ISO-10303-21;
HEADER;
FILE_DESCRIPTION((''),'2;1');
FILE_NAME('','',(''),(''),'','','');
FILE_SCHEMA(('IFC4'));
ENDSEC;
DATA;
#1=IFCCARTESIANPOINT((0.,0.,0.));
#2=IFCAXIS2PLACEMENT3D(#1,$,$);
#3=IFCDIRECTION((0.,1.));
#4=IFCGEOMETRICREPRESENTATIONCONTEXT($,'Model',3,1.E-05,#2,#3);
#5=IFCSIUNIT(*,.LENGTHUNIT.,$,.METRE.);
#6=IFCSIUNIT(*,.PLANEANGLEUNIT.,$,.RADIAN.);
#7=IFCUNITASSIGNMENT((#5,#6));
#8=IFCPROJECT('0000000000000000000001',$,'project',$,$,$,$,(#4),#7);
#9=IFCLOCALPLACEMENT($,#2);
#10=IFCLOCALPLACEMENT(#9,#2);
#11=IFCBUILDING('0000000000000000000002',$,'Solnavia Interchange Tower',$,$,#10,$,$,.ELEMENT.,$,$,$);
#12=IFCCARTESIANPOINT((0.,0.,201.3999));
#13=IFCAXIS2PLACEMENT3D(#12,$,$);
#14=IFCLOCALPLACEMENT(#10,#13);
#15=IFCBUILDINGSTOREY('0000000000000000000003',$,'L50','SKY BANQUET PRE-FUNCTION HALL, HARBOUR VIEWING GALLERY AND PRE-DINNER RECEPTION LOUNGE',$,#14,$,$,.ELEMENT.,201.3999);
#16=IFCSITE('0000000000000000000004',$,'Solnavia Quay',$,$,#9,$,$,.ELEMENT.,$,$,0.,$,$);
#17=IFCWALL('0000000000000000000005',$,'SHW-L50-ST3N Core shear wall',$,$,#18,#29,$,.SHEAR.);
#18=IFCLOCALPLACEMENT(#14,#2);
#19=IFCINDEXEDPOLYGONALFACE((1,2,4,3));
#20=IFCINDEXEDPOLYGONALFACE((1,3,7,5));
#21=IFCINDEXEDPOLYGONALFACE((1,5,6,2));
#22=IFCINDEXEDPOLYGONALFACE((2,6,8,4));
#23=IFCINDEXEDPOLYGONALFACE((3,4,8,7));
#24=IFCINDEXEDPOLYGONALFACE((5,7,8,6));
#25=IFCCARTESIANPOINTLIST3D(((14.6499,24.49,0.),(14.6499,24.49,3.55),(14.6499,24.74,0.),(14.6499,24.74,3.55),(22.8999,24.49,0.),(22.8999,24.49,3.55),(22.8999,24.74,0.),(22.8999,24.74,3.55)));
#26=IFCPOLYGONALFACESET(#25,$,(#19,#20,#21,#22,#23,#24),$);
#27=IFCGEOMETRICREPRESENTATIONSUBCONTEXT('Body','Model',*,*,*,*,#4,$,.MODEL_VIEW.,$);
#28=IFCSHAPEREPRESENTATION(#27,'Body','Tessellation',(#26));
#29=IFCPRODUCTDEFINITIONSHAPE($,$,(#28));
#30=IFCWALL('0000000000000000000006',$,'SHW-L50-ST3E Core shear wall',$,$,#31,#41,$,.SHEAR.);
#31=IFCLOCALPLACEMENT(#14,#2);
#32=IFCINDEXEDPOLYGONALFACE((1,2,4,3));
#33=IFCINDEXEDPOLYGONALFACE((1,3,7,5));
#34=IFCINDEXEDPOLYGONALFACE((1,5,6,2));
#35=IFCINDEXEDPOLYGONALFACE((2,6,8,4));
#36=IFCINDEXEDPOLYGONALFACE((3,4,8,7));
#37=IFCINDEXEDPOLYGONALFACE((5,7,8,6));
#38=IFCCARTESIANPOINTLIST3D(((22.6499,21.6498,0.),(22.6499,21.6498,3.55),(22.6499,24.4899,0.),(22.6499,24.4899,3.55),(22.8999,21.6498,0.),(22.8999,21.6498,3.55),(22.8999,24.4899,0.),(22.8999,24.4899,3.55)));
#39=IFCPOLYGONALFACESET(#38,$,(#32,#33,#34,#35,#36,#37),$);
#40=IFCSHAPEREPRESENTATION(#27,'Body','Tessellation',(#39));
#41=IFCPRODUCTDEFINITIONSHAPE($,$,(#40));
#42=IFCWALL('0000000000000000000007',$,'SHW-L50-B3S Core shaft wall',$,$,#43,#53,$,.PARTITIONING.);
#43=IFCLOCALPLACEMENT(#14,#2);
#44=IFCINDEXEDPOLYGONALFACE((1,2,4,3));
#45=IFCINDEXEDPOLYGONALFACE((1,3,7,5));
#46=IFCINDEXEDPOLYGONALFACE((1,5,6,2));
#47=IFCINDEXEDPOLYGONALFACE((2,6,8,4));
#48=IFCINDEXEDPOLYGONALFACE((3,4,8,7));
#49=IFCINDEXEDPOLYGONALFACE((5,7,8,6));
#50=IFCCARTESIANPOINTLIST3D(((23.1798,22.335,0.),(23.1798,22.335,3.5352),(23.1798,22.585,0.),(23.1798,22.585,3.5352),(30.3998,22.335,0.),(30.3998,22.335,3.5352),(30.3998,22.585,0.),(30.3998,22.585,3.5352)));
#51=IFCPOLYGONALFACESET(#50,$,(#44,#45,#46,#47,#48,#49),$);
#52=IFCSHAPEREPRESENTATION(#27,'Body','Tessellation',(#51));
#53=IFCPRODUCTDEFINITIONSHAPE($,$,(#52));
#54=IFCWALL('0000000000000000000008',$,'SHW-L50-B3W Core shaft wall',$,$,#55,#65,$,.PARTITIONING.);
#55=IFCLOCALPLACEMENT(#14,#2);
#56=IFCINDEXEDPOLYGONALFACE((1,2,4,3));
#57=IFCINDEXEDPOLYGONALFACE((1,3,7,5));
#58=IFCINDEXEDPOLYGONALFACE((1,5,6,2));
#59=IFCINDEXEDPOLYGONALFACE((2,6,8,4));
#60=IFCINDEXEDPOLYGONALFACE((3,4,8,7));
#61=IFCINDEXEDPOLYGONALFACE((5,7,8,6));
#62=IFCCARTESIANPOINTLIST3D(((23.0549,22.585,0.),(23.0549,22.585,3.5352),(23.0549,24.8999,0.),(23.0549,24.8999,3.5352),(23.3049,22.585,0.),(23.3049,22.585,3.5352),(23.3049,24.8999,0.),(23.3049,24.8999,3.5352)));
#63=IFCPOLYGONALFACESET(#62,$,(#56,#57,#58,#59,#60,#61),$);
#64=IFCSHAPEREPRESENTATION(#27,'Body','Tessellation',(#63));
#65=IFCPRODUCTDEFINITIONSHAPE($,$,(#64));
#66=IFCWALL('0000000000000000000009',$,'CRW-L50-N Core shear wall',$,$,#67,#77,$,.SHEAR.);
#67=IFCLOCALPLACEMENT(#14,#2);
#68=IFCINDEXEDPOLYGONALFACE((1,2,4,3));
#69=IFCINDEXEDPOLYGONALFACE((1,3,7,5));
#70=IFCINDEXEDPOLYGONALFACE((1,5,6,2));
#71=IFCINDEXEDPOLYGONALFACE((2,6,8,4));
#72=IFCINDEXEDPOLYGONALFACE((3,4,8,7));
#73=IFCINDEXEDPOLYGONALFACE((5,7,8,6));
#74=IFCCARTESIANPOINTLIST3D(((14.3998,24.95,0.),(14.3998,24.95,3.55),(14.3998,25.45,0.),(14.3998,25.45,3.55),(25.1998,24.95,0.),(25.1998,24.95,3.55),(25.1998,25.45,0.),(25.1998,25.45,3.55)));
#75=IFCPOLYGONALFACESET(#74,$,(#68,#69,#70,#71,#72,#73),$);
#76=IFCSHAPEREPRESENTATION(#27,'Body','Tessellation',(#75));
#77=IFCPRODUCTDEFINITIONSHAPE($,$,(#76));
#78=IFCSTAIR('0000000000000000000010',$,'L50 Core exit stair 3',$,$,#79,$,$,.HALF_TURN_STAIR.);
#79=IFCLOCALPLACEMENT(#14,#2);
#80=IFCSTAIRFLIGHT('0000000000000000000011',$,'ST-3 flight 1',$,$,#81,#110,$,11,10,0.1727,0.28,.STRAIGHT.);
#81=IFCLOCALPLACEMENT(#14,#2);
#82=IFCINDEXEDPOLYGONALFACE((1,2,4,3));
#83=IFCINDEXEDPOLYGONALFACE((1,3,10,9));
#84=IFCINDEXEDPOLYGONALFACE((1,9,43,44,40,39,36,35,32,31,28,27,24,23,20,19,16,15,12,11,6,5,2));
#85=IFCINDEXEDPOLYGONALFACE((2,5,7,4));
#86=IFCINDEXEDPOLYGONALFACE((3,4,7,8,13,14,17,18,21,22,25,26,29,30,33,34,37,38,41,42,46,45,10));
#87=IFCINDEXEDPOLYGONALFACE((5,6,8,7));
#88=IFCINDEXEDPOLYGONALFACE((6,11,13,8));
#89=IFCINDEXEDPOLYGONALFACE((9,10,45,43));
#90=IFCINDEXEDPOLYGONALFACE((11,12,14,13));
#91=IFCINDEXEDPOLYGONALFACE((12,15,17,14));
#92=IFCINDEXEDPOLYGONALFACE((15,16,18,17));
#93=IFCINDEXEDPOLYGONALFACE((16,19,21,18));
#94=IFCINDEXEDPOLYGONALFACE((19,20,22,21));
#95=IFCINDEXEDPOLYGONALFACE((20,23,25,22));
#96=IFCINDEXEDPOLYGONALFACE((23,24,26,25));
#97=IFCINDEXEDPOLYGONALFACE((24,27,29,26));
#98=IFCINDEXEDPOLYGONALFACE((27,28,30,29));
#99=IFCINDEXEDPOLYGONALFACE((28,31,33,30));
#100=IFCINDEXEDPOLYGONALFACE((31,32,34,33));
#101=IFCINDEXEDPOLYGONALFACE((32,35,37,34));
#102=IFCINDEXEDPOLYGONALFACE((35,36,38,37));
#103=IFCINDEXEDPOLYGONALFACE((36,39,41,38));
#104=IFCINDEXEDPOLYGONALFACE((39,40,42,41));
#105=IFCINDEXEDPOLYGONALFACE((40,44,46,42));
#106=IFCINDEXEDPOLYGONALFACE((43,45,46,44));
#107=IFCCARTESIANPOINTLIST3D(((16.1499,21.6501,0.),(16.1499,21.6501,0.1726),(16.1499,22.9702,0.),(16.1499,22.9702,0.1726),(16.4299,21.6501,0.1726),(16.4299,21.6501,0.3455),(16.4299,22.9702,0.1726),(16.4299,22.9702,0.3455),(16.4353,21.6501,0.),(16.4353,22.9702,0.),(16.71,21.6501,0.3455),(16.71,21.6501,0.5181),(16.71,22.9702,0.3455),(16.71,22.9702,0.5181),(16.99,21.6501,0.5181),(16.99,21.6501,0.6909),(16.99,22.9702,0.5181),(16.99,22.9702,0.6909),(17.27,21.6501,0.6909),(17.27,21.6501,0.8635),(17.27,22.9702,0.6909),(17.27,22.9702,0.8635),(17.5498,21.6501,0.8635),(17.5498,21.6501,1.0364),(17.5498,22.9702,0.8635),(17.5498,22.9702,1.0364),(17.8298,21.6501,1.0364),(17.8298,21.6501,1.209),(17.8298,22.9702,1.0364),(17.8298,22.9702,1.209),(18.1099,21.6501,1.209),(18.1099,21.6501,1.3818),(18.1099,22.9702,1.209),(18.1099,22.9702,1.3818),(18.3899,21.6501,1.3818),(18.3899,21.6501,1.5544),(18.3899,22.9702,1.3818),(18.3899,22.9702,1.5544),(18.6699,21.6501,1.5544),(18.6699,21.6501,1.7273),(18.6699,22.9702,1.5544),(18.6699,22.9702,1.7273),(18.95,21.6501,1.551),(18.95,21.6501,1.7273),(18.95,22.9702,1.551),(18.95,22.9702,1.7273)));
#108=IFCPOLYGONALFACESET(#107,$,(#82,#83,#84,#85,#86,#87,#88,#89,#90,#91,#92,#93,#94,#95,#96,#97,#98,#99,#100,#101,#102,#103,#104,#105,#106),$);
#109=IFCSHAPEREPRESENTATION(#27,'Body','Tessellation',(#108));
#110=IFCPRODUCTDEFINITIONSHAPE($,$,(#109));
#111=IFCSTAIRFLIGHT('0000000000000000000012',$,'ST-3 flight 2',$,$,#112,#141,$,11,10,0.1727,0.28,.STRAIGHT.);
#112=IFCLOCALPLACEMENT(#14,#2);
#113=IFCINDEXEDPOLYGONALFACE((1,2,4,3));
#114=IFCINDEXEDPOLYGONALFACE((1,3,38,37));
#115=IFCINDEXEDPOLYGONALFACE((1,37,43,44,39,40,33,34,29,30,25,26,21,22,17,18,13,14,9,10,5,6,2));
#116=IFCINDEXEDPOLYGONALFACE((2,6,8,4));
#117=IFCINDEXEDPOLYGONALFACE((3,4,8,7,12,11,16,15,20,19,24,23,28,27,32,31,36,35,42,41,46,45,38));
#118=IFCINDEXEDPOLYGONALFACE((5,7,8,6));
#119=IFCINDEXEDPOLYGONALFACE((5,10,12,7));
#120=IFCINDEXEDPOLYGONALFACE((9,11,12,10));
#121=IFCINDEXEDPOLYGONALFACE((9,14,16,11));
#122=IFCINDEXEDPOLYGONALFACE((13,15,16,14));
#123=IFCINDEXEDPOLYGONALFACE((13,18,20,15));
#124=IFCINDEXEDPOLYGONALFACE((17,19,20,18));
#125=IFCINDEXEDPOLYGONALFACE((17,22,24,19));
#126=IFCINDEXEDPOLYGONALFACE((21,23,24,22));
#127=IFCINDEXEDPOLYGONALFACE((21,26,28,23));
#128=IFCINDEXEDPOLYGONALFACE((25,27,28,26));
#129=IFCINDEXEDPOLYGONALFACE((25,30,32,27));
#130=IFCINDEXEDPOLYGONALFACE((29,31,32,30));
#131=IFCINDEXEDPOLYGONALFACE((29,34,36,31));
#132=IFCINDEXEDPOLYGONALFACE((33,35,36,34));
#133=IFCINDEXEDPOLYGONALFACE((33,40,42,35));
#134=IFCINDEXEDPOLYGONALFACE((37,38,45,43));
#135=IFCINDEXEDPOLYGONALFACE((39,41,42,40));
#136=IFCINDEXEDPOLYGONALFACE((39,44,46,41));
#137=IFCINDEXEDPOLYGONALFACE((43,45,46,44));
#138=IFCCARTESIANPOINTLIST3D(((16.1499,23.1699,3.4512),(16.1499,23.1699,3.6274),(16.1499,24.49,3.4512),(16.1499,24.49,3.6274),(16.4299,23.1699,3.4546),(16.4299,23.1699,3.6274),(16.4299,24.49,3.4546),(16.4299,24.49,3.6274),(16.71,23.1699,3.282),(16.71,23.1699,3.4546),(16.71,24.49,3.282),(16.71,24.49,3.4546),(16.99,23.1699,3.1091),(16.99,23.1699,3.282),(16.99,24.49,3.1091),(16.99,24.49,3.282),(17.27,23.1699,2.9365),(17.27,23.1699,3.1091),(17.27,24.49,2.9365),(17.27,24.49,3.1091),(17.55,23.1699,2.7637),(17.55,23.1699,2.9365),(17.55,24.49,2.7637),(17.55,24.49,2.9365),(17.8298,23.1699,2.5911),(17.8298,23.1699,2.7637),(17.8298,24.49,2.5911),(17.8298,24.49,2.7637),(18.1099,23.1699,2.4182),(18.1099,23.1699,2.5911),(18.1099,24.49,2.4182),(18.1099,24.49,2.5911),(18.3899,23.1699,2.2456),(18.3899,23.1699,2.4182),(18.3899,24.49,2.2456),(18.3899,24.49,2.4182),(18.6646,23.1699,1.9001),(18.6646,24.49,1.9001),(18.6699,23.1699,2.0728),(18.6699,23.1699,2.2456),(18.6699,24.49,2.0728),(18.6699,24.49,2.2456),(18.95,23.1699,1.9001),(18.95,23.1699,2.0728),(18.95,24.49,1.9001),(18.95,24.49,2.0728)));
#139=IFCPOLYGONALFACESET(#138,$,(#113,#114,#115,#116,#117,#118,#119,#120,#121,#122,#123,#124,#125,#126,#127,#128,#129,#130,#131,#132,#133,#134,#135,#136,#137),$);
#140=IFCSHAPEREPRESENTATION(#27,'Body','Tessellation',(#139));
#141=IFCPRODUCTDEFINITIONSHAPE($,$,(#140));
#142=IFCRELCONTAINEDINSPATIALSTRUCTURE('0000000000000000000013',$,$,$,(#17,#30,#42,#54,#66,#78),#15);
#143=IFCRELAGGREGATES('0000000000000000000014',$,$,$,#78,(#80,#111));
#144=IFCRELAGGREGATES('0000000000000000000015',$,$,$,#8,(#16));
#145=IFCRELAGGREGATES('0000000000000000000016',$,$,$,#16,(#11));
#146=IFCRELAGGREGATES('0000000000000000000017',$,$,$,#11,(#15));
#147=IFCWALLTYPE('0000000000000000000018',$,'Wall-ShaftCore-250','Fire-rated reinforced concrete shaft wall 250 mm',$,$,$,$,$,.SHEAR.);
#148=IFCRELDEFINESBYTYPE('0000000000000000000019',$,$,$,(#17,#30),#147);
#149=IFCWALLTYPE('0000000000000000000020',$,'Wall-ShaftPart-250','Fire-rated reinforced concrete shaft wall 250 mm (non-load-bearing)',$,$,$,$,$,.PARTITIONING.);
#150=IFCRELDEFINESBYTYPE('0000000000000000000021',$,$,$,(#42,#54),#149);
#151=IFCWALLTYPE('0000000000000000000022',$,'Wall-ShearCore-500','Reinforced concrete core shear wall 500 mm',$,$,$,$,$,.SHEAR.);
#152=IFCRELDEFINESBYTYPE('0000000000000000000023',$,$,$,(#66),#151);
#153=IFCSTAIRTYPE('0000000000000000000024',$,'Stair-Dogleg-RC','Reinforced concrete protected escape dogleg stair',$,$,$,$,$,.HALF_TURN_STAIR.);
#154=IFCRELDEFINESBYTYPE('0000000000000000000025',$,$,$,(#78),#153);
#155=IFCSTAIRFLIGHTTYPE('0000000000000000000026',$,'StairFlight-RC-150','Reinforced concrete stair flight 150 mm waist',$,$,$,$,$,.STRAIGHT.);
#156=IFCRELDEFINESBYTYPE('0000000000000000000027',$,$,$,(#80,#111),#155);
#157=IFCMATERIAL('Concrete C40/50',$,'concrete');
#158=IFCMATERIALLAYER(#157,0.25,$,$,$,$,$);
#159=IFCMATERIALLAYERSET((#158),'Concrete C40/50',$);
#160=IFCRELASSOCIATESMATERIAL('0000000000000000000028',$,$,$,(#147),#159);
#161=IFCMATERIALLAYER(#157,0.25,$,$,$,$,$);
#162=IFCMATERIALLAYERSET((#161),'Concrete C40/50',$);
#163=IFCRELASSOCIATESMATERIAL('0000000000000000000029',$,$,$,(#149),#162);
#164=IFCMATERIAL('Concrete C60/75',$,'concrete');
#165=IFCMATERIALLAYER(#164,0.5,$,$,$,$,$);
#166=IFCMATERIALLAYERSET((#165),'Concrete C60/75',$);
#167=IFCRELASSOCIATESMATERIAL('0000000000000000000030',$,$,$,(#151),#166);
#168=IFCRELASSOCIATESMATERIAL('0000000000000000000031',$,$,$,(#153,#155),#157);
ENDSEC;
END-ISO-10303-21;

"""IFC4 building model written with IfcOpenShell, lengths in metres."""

from ifc_helpers import new_model, si_unit, direction, frame, frame_2d, origin, place, context, subcontext, project, spatial, polyline, rectangle, outline, extrude, material, layer, layer_set, type_object, element, aggregate, save


model = new_model("IFC4")

# Units and contexts
model_context = context("Model", 3, precision=1e-05, world=origin(), true_north=direction((0.0, 1.0)))
body_context = subcontext(model_context, "Body", "Model", "MODEL_VIEW")
ifc_project = project(units=[si_unit("LENGTHUNIT", "METRE"), si_unit("PLANEANGLEUNIT", "RADIAN")], contexts=[model_context])

# Site, building, storey
site_placement = place(None, origin())
site = spatial("IfcSite", under=ifc_project, at=site_placement, Name="Solnavia Quay", CompositionType="ELEMENT", RefElevation=0.0)
building_placement = place(site_placement, origin())
building = spatial("IfcBuilding", under=site, at=building_placement, Name="Solnavia Interchange Tower", CompositionType="ELEMENT")
storey_placement = place(building_placement, frame((0.0, 0.0, 201.3999)))
storey = spatial("IfcBuildingStorey", under=building, at=storey_placement, Name="L50", Description="SKY BANQUET PRE-FUNCTION HALL, HARBOUR VIEWING GALLERY AND PRE-DINNER RECEPTION LOUNGE", CompositionType="ELEMENT", Elevation=201.3999)

# Shared definitions
ifc_material_1 = material(Name="Concrete C40/50", Category="concrete")

# Walls
ifc_layer_1 = layer(ifc_material_1, 0.25)
ifc_layer_set_1 = layer_set([ifc_layer_1], Name="Concrete C40/50")
wall_type_1 = type_object("IfcWallType", Name="Wall-ShaftCore-250", Description="Fire-rated reinforced concrete shaft wall 250 mm", PredefinedType="SHEAR", material=ifc_layer_set_1)
wall_1_placement = place(storey_placement, frame((14.6499, 24.615, 0.0), z_axis=(0.0, 0.0, 1.0), x_axis=(1.0, 0.0, 0.0)))
element("IfcWall", 1, at=wall_1_placement, inside=storey, type_object=wall_type_1, Name="SHW-L50-ST3N Core shear wall", PredefinedType="SHEAR", context=body_context, shape_type="SweptSolid", body=[
    extrude(rectangle(XDim=8.25, YDim=0.25, at=frame_2d((4.125, 0.0))), origin(), (0.0, 0.0, 1.0), 3.55),
])
wall_2_placement = place(storey_placement, frame((22.7749, 21.6499, 0.0), z_axis=(0.0, 0.0, 1.0), x_axis=(0.0, 1.0, 0.0)))
element("IfcWall", 2, at=wall_2_placement, inside=storey, type_object=wall_type_1, Name="SHW-L50-ST3E Core shear wall", PredefinedType="SHEAR", context=body_context, shape_type="SweptSolid", body=[
    extrude(rectangle(XDim=2.8401, YDim=0.25, at=frame_2d((1.4199, 0.0))), origin(), (0.0, 0.0, 1.0), 3.55),
])
ifc_layer_2 = layer(ifc_material_1, 0.25)
ifc_layer_set_2 = layer_set([ifc_layer_2], Name="Concrete C40/50")
wall_type_2 = type_object("IfcWallType", Name="Wall-ShaftPart-250", Description="Fire-rated reinforced concrete shaft wall 250 mm (non-load-bearing)", PredefinedType="PARTITIONING", material=ifc_layer_set_2)
wall_3_placement = place(storey_placement, frame((23.1799, 22.46, 0.0), z_axis=(0.0, 0.0, 1.0), x_axis=(1.0, 0.0, 0.0)))
element("IfcWall", 3, at=wall_3_placement, inside=storey, type_object=wall_type_2, Name="SHW-L50-B3S Core shaft wall", PredefinedType="PARTITIONING", context=body_context, shape_type="SweptSolid", body=[
    extrude(rectangle(XDim=7.22, YDim=0.25, at=frame_2d((3.6099, 0.0))), origin(), (0.0, 0.0, 1.0), 3.5352),
])
wall_4_placement = place(storey_placement, frame((23.1799, 22.585, 0.0), z_axis=(0.0, 0.0, 1.0), x_axis=(0.0, 1.0, 0.0)))
element("IfcWall", 4, at=wall_4_placement, inside=storey, type_object=wall_type_2, Name="SHW-L50-B3W Core shaft wall", PredefinedType="PARTITIONING", context=body_context, shape_type="SweptSolid", body=[
    extrude(rectangle(XDim=2.3149, YDim=0.25, at=frame_2d((1.1575, 0.0))), origin(), (0.0, 0.0, 1.0), 3.5352),
])
ifc_material_2 = material(Name="Concrete C60/75", Category="concrete")
ifc_layer_3 = layer(ifc_material_2, 0.5)
ifc_layer_set_3 = layer_set([ifc_layer_3], Name="Concrete C60/75")
wall_type_3 = type_object("IfcWallType", Name="Wall-ShearCore-500", Description="Reinforced concrete core shear wall 500 mm", PredefinedType="SHEAR", material=ifc_layer_set_3)
wall_5_placement = place(storey_placement, frame((14.3999, 25.2, 0.0), z_axis=(0.0, 0.0, 1.0), x_axis=(1.0, 0.0, 0.0)))
element("IfcWall", 5, at=wall_5_placement, inside=storey, type_object=wall_type_3, Name="CRW-L50-N Core shear wall", PredefinedType="SHEAR", context=body_context, shape_type="SweptSolid", body=[
    extrude(rectangle(XDim=10.8, YDim=0.5, at=frame_2d((5.3999, 0.0))), origin(), (0.0, 0.0, 1.0), 3.55),
])

# Stair, stair flights
stair_type = type_object("IfcStairType", Name="Stair-Dogleg-RC", Description="Reinforced concrete protected escape dogleg stair", PredefinedType="HALF_TURN_STAIR", material=ifc_material_1)
stair_placement = place(storey_placement, origin())
stair = element("IfcStair", 6, at=stair_placement, inside=storey, type_object=stair_type, Name="L50 Core exit stair 3", PredefinedType="HALF_TURN_STAIR")
stair_flight_type = type_object("IfcStairFlightType", Name="StairFlight-RC-150", Description="Reinforced concrete stair flight 150 mm waist", PredefinedType="STRAIGHT", material=ifc_material_1)
stair_flight_1_placement = place(storey_placement, frame((16.1499, 22.3101, 0.0), z_axis=(0.0, 0.0, 1.0), x_axis=(1.0, 0.0, 0.0)))
stair_flight_1 = element("IfcStairFlight", 7, at=stair_flight_1_placement, type_object=stair_flight_type, Name="ST-3 flight 1", NumberOfRisers=11, NumberOfTreads=10, PredefinedType="STRAIGHT", RiserHeight=0.1727, TreadLength=0.28, context=body_context, shape_type="SweptSolid", body=[
    extrude(outline(polyline([(0.0, 0.0), (0.0, 0.1726), (0.28, 0.1726), (0.28, 0.3455), (0.5601, 0.3455), (0.5601, 0.5181), (0.8401, 0.5181), (0.8401, 0.6909), (1.1201, 0.6909), (1.1201, 0.8635), (1.3999, 0.8635), (1.3999, 1.0364), (1.6799, 1.0364), (1.6799, 1.209), (1.96, 1.209), (1.96, 1.3818), (2.24, 1.3818), (2.24, 1.5544), (2.52, 1.5544), (2.52, 1.7273), (2.8, 1.7273), (2.8, 1.8999), (2.8, 1.551), (0.2854, 0.0), (0.0, 0.0)])), frame((0.0, 0.6602, 0.0), z_axis=(0.0, -1.0, 0.0), x_axis=(1.0, 0.0, 0.0)), (0.0, 0.0, 1.0), 1.3201),
])
stair_flight_2_placement = place(storey_placement, frame((18.95, 23.8301, 1.9001), z_axis=(0.0, 0.0, 1.0), x_axis=(-1.0, 0.0, 0.0)))
stair_flight_2 = element("IfcStairFlight", 8, at=stair_flight_2_placement, type_object=stair_flight_type, Name="ST-3 flight 2", NumberOfRisers=11, NumberOfTreads=10, PredefinedType="STRAIGHT", RiserHeight=0.1727, TreadLength=0.28, context=body_context, shape_type="SweptSolid", body=[
    extrude(outline(polyline([(0.0, 0.0), (0.0, 0.1726), (0.28, 0.1726), (0.28, 0.3455), (0.5601, 0.3455), (0.5601, 0.5181), (0.8401, 0.5181), (0.8401, 0.6909), (1.1201, 0.6909), (1.1201, 0.8635), (1.3999, 0.8635), (1.3999, 1.0364), (1.6799, 1.0364), (1.6799, 1.209), (1.96, 1.209), (1.96, 1.3818), (2.24, 1.3818), (2.24, 1.5544), (2.52, 1.5544), (2.52, 1.7273), (2.8, 1.7273), (2.8, 1.8999), (2.8, 1.551), (0.2854, 0.0), (0.0, 0.0)])), frame((0.0, 0.6602, 0.0), z_axis=(0.0, -1.0, 0.0), x_axis=(1.0, 0.0, 0.0)), (0.0, 0.0, 1.0), 1.3201),
])
aggregate(stair, [stair_flight_1, stair_flight_2])

save(model, "model.ifc")
